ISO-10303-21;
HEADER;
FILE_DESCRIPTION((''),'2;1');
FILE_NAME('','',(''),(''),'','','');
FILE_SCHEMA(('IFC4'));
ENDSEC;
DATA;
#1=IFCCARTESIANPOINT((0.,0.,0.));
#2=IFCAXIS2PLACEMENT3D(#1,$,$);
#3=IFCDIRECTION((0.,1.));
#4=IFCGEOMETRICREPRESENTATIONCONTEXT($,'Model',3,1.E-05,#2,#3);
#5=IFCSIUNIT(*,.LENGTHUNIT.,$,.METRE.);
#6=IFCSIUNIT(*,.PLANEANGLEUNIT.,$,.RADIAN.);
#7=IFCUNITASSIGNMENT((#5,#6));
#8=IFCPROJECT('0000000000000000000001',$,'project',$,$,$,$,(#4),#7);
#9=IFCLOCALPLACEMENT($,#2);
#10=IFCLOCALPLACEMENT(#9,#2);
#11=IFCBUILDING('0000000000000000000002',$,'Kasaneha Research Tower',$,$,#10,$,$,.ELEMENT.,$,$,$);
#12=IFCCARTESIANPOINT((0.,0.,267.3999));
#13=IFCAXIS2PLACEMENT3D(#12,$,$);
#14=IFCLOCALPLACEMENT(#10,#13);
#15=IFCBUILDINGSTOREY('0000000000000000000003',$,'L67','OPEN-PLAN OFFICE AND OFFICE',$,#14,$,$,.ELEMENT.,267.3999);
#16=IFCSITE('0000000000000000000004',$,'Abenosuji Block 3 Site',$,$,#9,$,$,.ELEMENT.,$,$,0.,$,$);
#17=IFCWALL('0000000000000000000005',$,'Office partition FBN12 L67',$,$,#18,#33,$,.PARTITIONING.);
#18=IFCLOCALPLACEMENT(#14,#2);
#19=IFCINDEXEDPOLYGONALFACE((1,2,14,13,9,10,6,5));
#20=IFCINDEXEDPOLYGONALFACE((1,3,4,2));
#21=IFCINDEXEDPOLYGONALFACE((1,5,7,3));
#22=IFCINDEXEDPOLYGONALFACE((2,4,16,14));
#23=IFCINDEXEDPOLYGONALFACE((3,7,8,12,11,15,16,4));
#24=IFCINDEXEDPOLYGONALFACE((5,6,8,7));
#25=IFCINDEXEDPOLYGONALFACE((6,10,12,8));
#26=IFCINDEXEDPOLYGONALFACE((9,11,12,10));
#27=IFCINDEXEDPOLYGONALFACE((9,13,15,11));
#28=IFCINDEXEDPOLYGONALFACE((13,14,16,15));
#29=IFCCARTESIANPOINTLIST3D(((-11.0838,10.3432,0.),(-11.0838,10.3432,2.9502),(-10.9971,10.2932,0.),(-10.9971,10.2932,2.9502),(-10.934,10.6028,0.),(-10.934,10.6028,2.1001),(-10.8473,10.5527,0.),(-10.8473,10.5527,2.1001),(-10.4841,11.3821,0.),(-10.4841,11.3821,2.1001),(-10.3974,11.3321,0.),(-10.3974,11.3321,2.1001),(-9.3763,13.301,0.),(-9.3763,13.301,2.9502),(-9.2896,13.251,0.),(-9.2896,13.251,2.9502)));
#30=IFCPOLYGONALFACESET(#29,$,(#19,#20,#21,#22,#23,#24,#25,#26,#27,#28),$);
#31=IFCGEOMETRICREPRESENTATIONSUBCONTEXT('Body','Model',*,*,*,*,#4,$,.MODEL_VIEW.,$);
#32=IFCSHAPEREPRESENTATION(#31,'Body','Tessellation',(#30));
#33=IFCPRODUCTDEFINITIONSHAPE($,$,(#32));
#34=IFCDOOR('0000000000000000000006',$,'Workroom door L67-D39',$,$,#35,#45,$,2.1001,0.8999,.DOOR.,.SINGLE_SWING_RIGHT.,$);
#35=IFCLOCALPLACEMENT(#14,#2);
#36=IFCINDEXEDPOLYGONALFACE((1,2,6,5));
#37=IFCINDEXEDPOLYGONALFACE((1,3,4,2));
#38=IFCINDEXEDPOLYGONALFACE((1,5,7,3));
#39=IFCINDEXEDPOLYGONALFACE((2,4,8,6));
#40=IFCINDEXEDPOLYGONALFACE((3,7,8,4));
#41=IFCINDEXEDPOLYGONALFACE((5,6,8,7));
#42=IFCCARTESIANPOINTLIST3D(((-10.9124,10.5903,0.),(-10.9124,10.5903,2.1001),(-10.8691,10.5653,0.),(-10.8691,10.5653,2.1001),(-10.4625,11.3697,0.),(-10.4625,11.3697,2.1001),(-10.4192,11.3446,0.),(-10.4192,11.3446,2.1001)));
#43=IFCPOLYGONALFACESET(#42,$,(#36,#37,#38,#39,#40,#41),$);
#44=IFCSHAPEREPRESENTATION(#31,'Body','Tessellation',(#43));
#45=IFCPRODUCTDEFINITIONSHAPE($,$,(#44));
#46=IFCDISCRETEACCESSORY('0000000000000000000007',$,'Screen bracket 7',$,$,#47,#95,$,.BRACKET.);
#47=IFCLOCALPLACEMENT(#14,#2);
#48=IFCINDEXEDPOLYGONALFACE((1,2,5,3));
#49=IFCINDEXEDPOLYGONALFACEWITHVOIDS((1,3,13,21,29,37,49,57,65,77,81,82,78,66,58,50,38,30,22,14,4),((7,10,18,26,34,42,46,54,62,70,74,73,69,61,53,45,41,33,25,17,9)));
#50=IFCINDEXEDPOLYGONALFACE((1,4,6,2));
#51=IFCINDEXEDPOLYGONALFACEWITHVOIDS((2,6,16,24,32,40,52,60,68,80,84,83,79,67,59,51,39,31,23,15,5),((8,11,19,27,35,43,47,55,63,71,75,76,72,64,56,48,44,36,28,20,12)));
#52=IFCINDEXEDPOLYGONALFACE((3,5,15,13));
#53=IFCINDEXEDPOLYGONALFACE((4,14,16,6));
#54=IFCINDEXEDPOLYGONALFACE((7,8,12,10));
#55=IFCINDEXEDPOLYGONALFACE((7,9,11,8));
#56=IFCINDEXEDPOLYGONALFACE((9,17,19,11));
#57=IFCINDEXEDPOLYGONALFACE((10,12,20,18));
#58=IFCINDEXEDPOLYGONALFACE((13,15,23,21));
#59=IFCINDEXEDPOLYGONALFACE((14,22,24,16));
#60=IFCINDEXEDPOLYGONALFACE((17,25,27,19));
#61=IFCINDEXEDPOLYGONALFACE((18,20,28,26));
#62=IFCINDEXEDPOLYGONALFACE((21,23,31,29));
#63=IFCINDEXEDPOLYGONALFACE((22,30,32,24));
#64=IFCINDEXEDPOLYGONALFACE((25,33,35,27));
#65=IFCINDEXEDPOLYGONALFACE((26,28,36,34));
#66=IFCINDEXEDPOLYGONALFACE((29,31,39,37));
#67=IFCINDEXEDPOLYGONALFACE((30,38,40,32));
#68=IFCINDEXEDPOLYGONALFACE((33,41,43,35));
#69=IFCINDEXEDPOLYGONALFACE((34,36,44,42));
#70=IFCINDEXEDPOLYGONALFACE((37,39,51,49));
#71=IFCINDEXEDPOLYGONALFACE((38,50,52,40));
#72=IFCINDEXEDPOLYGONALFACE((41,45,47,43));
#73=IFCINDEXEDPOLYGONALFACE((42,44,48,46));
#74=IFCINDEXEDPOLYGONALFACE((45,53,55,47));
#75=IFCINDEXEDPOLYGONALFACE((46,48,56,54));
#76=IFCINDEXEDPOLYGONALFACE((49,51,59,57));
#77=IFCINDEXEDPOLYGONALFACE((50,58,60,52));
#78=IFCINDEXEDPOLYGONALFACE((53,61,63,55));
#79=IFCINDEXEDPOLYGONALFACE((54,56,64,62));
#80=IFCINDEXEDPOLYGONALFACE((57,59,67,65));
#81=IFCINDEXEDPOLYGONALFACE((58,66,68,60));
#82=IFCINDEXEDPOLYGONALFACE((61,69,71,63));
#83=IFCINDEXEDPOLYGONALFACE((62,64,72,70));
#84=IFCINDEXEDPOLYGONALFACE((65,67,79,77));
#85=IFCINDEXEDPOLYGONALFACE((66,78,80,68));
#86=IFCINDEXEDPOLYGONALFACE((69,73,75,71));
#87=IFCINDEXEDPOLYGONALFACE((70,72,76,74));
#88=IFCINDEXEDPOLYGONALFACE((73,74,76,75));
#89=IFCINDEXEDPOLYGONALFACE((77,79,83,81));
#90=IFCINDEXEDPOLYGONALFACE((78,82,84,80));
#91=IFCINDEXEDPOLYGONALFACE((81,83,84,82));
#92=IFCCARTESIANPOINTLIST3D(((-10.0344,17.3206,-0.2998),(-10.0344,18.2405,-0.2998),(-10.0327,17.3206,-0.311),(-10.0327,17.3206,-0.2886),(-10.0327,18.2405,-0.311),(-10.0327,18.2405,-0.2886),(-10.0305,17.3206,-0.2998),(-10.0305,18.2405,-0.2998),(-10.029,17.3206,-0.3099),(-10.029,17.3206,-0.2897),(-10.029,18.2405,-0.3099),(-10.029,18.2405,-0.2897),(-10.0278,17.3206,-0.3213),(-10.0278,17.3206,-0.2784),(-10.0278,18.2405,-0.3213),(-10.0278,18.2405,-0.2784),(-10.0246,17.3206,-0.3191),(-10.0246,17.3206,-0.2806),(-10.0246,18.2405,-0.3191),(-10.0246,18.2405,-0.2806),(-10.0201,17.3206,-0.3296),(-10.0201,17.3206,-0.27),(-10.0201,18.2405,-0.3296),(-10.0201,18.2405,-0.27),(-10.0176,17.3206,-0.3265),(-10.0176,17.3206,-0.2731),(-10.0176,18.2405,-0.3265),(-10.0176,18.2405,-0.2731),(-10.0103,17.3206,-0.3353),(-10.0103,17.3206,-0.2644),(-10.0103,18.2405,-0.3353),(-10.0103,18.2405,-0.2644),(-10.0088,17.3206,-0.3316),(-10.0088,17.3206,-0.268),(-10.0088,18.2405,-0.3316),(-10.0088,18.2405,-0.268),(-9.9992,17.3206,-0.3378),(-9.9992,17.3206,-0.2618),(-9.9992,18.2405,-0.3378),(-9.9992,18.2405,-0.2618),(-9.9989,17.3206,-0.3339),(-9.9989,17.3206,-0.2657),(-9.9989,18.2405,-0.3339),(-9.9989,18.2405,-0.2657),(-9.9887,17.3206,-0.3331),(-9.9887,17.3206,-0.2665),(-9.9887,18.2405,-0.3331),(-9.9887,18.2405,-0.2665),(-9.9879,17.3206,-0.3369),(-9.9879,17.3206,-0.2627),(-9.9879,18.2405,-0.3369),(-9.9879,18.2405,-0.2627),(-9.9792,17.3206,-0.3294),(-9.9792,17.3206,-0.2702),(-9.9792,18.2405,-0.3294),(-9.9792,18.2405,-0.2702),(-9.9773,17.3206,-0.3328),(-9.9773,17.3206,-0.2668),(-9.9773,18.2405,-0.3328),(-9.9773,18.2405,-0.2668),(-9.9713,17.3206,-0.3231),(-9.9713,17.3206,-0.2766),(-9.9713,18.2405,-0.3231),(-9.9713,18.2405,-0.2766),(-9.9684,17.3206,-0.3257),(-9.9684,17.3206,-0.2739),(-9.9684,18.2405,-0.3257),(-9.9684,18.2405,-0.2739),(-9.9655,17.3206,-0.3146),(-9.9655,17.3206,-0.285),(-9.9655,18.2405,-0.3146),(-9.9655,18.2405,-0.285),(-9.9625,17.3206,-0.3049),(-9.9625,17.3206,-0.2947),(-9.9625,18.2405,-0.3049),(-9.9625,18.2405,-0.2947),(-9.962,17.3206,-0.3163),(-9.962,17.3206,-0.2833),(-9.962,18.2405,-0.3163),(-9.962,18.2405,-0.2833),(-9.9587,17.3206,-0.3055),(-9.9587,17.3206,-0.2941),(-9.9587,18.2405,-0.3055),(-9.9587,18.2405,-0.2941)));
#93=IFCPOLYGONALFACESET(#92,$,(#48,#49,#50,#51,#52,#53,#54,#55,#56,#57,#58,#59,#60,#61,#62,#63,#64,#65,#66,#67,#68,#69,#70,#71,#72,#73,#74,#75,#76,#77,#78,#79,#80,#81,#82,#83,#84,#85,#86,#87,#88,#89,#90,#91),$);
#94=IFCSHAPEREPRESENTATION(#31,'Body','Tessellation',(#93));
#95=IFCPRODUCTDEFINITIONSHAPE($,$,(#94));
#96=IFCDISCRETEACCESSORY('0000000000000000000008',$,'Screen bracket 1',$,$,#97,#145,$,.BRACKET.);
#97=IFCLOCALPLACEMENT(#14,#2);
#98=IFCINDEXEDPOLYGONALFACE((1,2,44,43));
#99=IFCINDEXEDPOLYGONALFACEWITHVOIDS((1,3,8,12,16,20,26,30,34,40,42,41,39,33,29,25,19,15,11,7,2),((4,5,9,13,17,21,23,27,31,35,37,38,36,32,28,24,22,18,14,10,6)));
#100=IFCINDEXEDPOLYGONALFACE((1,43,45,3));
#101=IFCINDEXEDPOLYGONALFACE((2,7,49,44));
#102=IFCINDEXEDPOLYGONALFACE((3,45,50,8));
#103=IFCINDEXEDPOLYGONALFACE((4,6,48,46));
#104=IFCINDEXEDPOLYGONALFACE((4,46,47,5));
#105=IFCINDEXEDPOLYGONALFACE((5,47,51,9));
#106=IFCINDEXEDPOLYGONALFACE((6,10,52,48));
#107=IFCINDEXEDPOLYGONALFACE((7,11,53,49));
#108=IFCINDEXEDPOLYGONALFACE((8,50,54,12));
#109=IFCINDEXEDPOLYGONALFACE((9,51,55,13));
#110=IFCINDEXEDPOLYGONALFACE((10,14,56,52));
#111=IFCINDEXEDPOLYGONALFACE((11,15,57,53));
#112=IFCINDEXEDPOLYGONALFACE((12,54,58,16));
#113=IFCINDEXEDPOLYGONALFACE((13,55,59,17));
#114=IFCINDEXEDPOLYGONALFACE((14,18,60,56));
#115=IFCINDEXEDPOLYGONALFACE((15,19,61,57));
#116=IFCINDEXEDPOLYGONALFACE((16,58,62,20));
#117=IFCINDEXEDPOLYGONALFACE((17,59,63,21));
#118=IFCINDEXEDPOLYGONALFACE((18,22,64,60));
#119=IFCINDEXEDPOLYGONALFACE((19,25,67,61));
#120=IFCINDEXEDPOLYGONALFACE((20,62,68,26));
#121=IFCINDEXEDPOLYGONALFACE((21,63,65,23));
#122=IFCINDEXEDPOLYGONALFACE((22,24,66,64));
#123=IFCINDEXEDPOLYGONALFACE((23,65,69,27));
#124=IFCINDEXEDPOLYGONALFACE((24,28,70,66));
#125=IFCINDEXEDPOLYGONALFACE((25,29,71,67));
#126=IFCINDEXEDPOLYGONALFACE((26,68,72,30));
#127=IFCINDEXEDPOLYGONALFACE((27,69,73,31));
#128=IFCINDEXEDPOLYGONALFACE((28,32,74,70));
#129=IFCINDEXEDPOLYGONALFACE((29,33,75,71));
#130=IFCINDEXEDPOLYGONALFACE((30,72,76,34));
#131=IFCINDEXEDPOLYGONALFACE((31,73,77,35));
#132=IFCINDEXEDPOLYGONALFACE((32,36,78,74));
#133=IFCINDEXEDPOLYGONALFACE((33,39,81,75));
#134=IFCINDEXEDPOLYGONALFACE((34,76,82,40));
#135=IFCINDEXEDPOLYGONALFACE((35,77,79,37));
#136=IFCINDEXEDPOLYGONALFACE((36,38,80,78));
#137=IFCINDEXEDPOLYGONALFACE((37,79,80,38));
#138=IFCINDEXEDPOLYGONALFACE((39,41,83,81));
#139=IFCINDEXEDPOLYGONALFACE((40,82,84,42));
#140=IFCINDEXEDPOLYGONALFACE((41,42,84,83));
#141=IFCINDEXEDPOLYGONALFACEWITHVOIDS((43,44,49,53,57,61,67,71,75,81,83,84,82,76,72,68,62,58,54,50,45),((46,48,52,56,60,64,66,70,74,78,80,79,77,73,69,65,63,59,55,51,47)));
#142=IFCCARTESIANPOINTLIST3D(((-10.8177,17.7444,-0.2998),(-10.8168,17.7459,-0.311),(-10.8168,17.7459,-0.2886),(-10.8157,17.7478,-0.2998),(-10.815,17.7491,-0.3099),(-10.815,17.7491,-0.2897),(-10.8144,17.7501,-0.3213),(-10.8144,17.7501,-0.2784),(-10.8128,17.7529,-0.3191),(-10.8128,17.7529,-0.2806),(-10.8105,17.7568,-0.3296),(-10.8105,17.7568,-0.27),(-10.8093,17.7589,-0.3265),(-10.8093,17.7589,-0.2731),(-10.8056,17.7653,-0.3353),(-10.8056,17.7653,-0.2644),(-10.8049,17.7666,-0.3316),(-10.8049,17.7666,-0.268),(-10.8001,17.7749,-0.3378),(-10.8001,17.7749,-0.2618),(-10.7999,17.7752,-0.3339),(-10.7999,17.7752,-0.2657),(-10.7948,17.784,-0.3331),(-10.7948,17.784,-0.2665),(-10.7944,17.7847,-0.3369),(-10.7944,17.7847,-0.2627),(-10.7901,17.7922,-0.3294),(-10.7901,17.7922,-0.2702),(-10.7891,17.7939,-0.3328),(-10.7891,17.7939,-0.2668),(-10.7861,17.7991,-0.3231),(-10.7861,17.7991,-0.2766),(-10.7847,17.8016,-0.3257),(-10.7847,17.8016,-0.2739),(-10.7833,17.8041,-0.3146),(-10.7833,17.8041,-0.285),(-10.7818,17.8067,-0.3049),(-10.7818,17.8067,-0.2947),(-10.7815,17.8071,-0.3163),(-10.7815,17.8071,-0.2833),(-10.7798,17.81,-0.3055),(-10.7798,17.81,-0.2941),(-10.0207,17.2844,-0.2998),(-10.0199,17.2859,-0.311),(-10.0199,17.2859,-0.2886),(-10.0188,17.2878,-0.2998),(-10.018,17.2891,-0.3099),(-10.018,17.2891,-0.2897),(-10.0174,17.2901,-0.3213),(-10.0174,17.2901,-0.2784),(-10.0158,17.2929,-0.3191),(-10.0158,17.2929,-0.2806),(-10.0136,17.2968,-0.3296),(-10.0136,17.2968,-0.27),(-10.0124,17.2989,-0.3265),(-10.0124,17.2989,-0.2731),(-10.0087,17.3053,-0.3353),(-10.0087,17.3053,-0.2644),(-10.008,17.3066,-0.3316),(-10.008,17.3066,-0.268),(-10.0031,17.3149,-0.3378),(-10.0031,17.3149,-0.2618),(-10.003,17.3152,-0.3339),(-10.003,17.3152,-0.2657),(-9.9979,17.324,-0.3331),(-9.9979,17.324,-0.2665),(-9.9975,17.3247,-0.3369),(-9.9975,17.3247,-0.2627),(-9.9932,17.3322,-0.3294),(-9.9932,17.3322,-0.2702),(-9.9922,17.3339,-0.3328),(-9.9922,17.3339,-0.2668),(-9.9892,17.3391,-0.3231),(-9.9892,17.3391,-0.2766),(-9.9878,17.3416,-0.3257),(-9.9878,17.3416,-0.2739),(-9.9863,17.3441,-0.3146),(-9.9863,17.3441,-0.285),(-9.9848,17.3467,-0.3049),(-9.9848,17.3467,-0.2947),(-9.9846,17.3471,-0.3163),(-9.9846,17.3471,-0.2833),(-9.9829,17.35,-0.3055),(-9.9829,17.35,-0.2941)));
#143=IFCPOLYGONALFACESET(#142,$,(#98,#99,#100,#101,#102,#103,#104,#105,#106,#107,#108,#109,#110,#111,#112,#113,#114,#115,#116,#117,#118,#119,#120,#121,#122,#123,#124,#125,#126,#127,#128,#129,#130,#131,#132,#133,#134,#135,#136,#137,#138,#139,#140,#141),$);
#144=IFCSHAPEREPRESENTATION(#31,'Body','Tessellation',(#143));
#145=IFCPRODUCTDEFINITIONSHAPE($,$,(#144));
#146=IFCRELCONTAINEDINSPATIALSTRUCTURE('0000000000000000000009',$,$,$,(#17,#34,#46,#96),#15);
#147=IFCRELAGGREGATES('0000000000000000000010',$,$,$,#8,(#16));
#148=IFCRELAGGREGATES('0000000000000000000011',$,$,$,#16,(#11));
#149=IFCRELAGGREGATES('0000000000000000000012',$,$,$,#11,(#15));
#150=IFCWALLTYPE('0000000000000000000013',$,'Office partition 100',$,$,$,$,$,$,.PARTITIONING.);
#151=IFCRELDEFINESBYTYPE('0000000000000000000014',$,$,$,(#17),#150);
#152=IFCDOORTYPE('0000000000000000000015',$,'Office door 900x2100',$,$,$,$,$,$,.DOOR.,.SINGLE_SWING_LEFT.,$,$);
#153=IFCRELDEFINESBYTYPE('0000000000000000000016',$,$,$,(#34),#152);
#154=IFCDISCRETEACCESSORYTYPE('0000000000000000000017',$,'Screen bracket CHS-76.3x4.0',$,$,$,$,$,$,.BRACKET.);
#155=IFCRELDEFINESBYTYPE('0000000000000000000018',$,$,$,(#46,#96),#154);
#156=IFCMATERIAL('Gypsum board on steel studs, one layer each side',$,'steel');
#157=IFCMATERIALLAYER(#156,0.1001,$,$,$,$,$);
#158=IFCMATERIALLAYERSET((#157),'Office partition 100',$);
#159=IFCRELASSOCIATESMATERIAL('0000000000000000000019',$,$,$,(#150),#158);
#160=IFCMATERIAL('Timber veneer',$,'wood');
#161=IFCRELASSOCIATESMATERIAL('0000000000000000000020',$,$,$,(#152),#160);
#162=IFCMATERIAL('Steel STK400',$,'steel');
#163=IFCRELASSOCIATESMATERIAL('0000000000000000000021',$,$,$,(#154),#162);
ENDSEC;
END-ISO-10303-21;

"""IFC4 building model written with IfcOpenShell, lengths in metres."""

from ifc_helpers import new_model, si_unit, direction, frame, frame_2d, origin, origin_2d, place, context, subcontext, project, spatial, rectangle, hollow_circle, extrude, material, layer, layer_set, material_profile, profile_set, type_object, element, fill, save


model = new_model("IFC4")

# Units and contexts
model_context = context("Model", 3, precision=1e-05, world=origin(), true_north=direction((0.0, 1.0)))
body_context = subcontext(model_context, "Body", "Model", "MODEL_VIEW")
ifc_project = project(units=[si_unit("LENGTHUNIT", "METRE"), si_unit("PLANEANGLEUNIT", "RADIAN")], contexts=[model_context])

# Site, building, storey
site_placement = place(None, origin())
site = spatial("IfcSite", under=ifc_project, at=site_placement, Name="Abenosuji Block 3 Site", CompositionType="ELEMENT", RefElevation=0.0)
building_placement = place(site_placement, origin())
building = spatial("IfcBuilding", under=site, at=building_placement, Name="Kasaneha Research Tower", CompositionType="ELEMENT")
storey_placement = place(building_placement, frame((0.0, 0.0, 267.3999)))
storey = spatial("IfcBuildingStorey", under=building, at=storey_placement, Name="L67", Description="OPEN-PLAN OFFICE AND OFFICE", CompositionType="ELEMENT", Elevation=267.3999)

# Shared definitions
ifc_material_1 = material(Name="Gypsum board on steel studs, one layer each side", Category="steel")
ifc_layer_1 = layer(ifc_material_1, 0.1001)
ifc_layer_set_1 = layer_set([ifc_layer_1], Name="Office partition 100")
wall_type = type_object("IfcWallType", Name="Office partition 100", PredefinedType="PARTITIONING", material=ifc_layer_set_1)

# Wall, opening, door
wall_1_placement = place(storey_placement, frame((-9.333, 13.2759, 0.0), z_axis=(0.0, 0.0, 1.0), x_axis=(-0.499968, -0.866044, 0.0)))
wall_1 = element("IfcWall", 1, at=wall_1_placement, inside=storey, type_object=wall_type, Name="Office partition FBN12 L67", PredefinedType="PARTITIONING", context=body_context, shape_type="SweptSolid", body=[
    extrude(rectangle(XDim=3.4153, YDim=0.1001, at=frame_2d((1.7075, 0.0))), origin(), (0.0, 0.0, 1.0), 2.9502),
])
opening_placement = place(wall_1_placement, frame((2.2156, 0.0, 0.0)))
opening = element("IfcOpeningElement", 2, at=opening_placement, cuts=wall_1, PredefinedType="OPENING", context=body_context, shape_type="SweptSolid", body=[
    extrude(rectangle(XDim=0.8999, YDim=2.1001, at=frame_2d((0.45, 1.05))), frame((0.0, 0.0601, 0.0), z_axis=(0.0, -1.0, 0.0), x_axis=(1.0, 0.0, 0.0)), (0.0, 0.0, 1.0), 0.1201),
])
ifc_material_2 = material(Name="Timber veneer", Category="wood")
door_type = type_object("IfcDoorType", Name="Office door 900x2100", OperationType="SINGLE_SWING_LEFT", PredefinedType="DOOR", material=ifc_material_2)
door_placement = place(opening_placement, origin())
door = element("IfcDoor", 3, at=door_placement, inside=storey, type_object=door_type, Name="Workroom door L67-D39", OperationType="SINGLE_SWING_RIGHT", OverallHeight=2.1001, OverallWidth=0.8999, PredefinedType="DOOR", context=body_context, shape_type="SweptSolid", body=[
    extrude(rectangle(XDim=0.8999, YDim=2.1001, at=frame_2d((0.45, 1.05))), frame((0.0, 0.0249, 0.0), z_axis=(0.0, -1.0, 0.0), x_axis=(1.0, 0.0, 0.0)), (0.0, 0.0, 1.0), 0.05),
])
fill(opening, door)

# Discrete accessories
ifc_material_3 = material(Name="Steel STK400", Category="steel")
ifc_material_profile_1 = material_profile(ifc_material_3, hollow_circle(Radius=0.0381, WallThickness=0.0039, at=origin_2d()), Name="CHS-76.3x4.0")
ifc_profile_set_1 = profile_set([ifc_material_profile_1], Name="Steel STK400")
discrete_accessory_type = type_object("IfcDiscreteAccessoryType", Name="Screen bracket CHS-76.3x4.0", PredefinedType="BRACKET", material=ifc_profile_set_1)
discrete_accessory_1_placement = place(storey_placement, frame((-9.9963, 17.3206, -0.2998), z_axis=(0.0, 1.0, 0.0), x_axis=(-1.0, 0.0, 0.0)))
element("IfcDiscreteAccessory", 4, at=discrete_accessory_1_placement, inside=storey, type_object=discrete_accessory_type, Name="Screen bracket 7", PredefinedType="BRACKET", context=body_context, shape_type="SweptSolid", body=[
    extrude(hollow_circle(Radius=0.0381, WallThickness=0.0039, at=origin_2d()), origin(), (0.0, 0.0, 1.0), 0.9199),
])
discrete_accessory_2_placement = place(storey_placement, frame((-10.0017, 17.3174, -0.2998), z_axis=(-0.86608, 0.499906, 0.0), x_axis=(-0.499906, -0.86608, 0.0)))
element("IfcDiscreteAccessory", 5, at=discrete_accessory_2_placement, inside=storey, type_object=discrete_accessory_type, Name="Screen bracket 1", PredefinedType="BRACKET", context=body_context, shape_type="SweptSolid", body=[
    extrude(hollow_circle(Radius=0.0381, WallThickness=0.0039, at=origin_2d()), origin(), (0.0, 0.0, 1.0), 0.9202),
])

save(model, "model.ifc")
